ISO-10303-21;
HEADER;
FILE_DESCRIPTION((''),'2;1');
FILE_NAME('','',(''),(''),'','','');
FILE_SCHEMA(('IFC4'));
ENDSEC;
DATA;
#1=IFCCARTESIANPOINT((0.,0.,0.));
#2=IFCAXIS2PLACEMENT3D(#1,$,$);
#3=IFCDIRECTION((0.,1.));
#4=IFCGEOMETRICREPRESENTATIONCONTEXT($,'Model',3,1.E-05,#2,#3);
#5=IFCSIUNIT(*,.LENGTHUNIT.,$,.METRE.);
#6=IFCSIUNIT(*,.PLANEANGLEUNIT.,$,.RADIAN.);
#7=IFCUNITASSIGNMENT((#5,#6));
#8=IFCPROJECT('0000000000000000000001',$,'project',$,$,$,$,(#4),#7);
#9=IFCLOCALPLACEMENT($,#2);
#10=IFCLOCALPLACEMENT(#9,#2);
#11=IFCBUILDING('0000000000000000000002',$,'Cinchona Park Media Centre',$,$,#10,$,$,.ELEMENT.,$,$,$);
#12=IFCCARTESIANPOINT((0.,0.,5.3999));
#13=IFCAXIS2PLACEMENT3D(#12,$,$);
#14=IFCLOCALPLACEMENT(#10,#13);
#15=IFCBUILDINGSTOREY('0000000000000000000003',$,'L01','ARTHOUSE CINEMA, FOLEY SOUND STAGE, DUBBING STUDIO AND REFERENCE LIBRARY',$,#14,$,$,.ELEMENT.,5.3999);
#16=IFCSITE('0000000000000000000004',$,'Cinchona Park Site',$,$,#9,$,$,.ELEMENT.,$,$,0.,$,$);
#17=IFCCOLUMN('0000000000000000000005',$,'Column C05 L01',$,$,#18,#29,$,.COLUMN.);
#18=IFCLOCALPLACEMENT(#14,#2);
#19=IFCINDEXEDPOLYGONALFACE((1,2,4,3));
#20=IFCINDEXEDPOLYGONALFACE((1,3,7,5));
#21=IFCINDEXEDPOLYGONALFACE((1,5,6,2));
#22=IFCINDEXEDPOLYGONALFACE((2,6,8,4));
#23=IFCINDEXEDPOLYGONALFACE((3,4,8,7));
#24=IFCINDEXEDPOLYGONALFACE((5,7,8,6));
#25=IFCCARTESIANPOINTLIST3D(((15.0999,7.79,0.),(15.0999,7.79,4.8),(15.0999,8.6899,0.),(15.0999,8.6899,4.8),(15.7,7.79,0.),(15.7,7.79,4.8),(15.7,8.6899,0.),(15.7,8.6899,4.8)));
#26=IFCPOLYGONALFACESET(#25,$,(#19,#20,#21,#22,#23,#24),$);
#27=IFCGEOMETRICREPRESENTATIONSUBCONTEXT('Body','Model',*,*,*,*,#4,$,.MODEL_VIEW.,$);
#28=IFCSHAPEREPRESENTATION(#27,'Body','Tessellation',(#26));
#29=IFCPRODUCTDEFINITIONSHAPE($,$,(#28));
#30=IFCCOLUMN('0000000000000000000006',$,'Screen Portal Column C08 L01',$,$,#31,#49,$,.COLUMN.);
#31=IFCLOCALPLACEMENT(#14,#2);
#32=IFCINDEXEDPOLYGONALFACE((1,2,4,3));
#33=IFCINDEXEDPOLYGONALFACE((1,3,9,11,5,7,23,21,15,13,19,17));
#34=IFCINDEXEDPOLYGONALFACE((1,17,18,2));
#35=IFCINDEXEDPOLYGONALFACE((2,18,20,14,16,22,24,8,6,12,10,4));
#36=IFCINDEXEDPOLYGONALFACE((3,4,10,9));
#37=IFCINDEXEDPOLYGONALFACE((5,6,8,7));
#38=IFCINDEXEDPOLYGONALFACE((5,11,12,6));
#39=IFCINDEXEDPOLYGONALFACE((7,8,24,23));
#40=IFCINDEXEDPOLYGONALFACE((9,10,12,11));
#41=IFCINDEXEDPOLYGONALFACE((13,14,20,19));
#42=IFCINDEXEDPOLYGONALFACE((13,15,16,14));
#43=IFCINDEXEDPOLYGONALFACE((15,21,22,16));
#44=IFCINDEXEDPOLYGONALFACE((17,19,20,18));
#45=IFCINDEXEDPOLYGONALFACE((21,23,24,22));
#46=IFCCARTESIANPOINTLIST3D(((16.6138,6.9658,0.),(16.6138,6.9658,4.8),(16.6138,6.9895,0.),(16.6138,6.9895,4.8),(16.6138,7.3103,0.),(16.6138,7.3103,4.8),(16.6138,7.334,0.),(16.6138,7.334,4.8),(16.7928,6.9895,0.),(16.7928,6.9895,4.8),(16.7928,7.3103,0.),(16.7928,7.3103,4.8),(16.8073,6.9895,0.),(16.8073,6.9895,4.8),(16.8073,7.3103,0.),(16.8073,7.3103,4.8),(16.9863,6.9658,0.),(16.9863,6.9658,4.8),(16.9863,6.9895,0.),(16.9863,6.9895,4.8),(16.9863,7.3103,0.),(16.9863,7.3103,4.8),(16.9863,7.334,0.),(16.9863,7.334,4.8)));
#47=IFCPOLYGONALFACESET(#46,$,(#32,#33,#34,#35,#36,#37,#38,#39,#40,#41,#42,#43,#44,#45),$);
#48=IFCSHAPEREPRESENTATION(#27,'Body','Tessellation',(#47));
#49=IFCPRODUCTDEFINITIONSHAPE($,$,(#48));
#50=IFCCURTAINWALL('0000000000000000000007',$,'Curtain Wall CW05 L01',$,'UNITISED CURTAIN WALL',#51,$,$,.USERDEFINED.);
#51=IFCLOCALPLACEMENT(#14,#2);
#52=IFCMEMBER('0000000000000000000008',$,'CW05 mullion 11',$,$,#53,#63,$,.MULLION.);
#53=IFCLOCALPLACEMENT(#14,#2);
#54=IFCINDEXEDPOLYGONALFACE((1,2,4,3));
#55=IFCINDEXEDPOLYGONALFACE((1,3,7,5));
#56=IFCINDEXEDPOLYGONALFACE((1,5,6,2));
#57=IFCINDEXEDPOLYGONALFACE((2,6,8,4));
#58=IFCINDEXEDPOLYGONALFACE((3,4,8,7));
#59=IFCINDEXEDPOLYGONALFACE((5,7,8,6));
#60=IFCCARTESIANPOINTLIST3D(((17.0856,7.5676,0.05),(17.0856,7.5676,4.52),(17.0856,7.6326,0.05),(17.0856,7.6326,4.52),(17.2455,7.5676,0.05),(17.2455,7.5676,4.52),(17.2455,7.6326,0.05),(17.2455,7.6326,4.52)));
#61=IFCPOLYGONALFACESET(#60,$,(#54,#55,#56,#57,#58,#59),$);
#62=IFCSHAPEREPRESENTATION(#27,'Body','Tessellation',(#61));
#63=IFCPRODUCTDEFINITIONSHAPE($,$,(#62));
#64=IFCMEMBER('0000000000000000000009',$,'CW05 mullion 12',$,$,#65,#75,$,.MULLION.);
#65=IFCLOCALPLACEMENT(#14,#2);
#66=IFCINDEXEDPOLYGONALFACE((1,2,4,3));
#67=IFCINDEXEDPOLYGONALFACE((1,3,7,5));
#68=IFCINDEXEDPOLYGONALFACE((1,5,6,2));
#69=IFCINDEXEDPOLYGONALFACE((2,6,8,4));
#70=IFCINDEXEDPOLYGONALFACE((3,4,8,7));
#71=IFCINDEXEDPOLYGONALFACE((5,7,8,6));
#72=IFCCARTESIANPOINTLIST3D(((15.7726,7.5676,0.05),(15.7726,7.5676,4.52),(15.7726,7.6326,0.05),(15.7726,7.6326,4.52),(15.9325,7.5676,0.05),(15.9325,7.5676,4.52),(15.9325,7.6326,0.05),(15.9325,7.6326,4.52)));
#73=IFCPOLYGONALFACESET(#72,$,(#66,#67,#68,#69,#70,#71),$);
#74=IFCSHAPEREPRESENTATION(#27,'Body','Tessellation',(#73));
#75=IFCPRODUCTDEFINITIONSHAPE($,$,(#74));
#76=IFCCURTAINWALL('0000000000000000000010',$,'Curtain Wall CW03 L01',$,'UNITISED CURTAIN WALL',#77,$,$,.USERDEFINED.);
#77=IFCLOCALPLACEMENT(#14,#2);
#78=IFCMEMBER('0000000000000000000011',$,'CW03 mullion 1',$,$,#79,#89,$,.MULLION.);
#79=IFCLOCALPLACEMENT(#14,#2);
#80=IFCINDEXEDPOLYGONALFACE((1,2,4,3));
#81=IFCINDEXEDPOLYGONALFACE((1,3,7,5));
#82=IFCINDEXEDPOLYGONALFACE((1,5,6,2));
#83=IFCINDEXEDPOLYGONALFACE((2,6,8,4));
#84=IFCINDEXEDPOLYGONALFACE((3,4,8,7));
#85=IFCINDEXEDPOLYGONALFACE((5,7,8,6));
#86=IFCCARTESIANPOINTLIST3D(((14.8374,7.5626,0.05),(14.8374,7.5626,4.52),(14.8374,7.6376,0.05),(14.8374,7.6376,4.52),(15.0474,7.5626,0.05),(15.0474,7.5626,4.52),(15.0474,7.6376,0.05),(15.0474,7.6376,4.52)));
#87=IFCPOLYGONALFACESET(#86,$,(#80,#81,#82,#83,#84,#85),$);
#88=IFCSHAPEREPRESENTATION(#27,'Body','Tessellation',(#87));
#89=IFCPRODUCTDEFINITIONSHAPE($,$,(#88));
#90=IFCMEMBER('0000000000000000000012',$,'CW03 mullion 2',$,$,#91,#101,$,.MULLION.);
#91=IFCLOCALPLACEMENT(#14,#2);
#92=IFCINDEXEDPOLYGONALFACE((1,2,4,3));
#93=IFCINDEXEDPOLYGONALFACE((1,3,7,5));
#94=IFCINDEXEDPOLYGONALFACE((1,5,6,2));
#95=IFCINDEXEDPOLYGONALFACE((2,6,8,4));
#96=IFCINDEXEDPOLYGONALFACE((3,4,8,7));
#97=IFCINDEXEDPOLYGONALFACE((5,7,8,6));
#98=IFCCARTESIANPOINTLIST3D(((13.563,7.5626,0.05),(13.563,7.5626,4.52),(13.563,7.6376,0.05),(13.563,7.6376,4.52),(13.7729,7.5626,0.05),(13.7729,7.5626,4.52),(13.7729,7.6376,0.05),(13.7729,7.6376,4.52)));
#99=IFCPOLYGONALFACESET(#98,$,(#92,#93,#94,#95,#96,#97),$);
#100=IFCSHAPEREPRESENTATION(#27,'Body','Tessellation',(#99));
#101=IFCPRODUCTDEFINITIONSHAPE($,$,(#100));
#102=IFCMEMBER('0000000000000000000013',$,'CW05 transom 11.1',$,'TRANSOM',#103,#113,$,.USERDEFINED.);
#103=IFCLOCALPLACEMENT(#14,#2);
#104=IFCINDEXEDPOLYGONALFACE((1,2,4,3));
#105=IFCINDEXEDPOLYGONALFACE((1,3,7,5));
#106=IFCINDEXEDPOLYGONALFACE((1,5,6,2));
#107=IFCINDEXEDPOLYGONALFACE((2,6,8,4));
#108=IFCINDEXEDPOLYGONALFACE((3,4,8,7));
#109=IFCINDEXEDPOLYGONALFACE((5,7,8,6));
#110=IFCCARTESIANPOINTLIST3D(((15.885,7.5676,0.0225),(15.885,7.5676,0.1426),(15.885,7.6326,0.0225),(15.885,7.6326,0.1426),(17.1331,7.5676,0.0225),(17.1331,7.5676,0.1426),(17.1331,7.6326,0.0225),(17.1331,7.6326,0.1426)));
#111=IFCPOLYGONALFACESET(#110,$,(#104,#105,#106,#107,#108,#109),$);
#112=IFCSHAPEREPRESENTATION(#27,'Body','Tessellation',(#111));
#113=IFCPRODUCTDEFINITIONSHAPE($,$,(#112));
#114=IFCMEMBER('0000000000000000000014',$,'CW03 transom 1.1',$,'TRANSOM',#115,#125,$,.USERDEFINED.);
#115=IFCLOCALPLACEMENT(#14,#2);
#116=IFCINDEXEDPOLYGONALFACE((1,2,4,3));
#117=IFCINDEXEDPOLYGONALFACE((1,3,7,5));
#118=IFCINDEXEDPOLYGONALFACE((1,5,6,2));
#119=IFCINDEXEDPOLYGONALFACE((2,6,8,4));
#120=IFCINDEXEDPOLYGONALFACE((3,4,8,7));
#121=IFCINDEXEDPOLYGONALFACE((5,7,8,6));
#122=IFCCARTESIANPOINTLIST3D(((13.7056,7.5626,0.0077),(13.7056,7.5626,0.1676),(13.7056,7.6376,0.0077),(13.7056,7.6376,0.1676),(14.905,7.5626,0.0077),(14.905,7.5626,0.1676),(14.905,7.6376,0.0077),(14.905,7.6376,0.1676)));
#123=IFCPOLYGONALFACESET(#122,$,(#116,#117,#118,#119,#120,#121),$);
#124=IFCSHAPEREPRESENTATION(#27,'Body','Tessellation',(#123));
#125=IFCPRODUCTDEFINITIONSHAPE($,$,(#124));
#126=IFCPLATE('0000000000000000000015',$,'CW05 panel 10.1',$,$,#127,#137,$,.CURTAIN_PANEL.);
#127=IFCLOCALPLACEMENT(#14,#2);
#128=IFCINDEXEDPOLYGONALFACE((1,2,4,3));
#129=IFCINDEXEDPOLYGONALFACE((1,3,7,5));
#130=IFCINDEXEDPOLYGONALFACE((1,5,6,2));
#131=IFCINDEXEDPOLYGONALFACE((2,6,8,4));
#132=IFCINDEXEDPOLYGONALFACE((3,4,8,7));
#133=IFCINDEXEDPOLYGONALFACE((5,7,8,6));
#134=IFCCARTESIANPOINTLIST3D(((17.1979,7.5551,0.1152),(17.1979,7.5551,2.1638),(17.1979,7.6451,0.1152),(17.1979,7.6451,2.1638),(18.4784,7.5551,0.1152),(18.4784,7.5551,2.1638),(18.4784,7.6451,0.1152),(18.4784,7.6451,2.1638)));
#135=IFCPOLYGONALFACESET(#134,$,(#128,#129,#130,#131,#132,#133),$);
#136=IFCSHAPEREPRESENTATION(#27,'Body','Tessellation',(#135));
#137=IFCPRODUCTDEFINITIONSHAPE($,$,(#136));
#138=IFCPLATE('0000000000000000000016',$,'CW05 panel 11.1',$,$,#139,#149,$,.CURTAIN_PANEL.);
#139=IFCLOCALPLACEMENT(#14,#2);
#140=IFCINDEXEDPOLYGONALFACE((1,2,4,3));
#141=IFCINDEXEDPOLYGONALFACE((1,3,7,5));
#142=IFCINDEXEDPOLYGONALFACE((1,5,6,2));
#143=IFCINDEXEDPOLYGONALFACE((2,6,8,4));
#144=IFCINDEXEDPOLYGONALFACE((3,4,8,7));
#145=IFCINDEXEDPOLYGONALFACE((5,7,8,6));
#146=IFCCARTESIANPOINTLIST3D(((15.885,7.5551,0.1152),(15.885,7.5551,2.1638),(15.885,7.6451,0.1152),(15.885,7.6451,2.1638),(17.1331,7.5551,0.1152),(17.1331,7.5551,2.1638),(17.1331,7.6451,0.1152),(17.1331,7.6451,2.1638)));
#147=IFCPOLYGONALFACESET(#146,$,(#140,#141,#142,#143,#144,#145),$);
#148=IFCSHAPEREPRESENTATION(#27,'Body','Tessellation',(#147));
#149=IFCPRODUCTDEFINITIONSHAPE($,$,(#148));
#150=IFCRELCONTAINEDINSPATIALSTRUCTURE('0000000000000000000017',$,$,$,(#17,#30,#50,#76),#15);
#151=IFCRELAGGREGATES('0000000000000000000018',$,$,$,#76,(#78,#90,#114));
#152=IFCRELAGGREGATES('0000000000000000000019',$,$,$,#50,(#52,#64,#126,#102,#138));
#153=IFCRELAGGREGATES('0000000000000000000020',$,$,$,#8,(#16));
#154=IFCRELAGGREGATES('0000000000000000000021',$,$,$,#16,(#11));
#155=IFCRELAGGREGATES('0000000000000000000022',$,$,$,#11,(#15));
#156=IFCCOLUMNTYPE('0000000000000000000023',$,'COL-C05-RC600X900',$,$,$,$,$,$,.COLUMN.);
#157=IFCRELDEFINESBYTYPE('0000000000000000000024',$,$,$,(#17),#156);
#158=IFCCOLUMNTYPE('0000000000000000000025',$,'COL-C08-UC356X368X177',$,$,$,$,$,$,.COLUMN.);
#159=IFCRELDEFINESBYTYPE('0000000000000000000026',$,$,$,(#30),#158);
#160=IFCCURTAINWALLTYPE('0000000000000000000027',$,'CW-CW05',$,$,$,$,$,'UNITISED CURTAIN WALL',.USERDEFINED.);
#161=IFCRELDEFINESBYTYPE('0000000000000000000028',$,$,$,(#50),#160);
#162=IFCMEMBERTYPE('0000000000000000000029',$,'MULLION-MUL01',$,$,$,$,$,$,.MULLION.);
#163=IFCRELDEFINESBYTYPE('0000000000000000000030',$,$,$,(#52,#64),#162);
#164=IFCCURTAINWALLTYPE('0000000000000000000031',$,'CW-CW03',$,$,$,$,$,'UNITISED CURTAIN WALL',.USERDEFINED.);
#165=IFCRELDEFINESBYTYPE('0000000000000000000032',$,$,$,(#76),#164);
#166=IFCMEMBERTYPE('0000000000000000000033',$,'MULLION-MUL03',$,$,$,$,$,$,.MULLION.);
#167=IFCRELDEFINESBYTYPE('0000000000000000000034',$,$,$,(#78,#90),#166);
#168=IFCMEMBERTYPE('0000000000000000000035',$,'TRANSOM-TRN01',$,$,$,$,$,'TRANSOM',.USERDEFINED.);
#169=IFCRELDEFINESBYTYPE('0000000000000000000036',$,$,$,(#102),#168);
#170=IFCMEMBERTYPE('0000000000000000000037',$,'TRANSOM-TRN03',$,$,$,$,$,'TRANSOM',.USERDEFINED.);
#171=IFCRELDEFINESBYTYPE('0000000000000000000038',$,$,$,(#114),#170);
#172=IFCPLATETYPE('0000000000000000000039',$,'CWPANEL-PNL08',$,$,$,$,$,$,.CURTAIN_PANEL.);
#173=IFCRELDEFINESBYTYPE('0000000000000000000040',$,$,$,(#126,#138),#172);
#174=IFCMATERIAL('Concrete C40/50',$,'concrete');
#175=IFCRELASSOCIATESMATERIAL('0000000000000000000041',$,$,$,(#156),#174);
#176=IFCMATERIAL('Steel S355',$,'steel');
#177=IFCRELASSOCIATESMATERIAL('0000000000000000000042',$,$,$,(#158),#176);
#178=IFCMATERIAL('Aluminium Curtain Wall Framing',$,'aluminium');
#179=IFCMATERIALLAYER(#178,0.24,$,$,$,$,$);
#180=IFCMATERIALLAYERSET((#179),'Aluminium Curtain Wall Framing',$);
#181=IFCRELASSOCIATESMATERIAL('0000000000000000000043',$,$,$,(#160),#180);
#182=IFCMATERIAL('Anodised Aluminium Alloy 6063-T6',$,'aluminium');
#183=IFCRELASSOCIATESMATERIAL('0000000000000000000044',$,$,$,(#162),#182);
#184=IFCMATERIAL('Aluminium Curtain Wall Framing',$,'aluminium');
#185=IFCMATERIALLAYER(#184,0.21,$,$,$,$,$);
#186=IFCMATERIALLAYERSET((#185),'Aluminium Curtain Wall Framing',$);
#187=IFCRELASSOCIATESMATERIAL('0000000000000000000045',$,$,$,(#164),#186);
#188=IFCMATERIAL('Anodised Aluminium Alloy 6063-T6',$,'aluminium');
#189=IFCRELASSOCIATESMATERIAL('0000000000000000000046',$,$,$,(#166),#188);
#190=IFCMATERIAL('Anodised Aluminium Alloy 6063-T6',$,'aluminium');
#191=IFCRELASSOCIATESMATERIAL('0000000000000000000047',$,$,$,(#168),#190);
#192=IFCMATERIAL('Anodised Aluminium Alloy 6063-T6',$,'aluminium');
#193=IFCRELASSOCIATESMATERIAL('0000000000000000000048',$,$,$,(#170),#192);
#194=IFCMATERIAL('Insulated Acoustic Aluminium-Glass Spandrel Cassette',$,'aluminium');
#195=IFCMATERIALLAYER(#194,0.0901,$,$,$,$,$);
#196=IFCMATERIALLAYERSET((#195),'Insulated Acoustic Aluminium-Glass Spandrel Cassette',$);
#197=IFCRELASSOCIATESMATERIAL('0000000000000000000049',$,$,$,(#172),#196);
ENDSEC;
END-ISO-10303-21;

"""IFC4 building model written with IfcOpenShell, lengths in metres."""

from ifc_helpers import new_model, si_unit, direction, frame, origin, origin_2d, place, context, subcontext, project, spatial, rectangle, i_section, extrude, material, layer, layer_set, material_profile, profile_set, type_object, element, aggregate, save


model = new_model("IFC4")

# Units and contexts
model_context = context("Model", 3, precision=1e-05, world=origin(), true_north=direction((0.0, 1.0)))
body_context = subcontext(model_context, "Body", "Model", "MODEL_VIEW")
ifc_project = project(units=[si_unit("LENGTHUNIT", "METRE"), si_unit("PLANEANGLEUNIT", "RADIAN")], contexts=[model_context])

# Site, building, storey
site_placement = place(None, origin())
site = spatial("IfcSite", under=ifc_project, at=site_placement, Name="Cinchona Park Site", CompositionType="ELEMENT", RefElevation=0.0)
building_placement = place(site_placement, origin())
building = spatial("IfcBuilding", under=site, at=building_placement, Name="Cinchona Park Media Centre", CompositionType="ELEMENT")
storey_placement = place(building_placement, frame((0.0, 0.0, 5.3999)))
storey = spatial("IfcBuildingStorey", under=building, at=storey_placement, Name="L01", Description="ARTHOUSE CINEMA, FOLEY SOUND STAGE, DUBBING STUDIO AND REFERENCE LIBRARY", CompositionType="ELEMENT", Elevation=5.3999)

# Columns
ifc_material_1 = material(Name="Concrete C40/50", Category="concrete")
ifc_material_profile_1 = material_profile(ifc_material_1, rectangle(XDim=0.6001, YDim=0.8999, at=origin_2d()), Name="RC 600X900")
ifc_profile_set_1 = profile_set([ifc_material_profile_1], Name="Concrete C40/50")
column_type_1 = type_object("IfcColumnType", Name="COL-C05-RC600X900", PredefinedType="COLUMN", material=ifc_profile_set_1)
column_1_placement = place(storey_placement, frame((15.3999, 8.24, 0.0), z_axis=(0.0, 0.0, 1.0), x_axis=(1.0, 0.0, 0.0)))
element("IfcColumn", 1, at=column_1_placement, inside=storey, type_object=column_type_1, Name="Column C05 L01", PredefinedType="COLUMN", context=body_context, shape_type="SweptSolid", body=[
    extrude(rectangle(XDim=0.6001, YDim=0.8999, at=origin_2d()), origin(), (0.0, 0.0, 1.0), 4.8),
])
ifc_material_2 = material(Name="Steel S355", Category="steel")
ifc_material_profile_2 = material_profile(ifc_material_2, i_section(OverallWidth=0.3726, OverallDepth=0.3682, WebThickness=0.0144, FlangeThickness=0.0237, at=origin_2d()), Name="UC356X368X177")
ifc_profile_set_2 = profile_set([ifc_material_profile_2], Name="Steel S355")
column_type_2 = type_object("IfcColumnType", Name="COL-C08-UC356X368X177", PredefinedType="COLUMN", material=ifc_profile_set_2)
column_2_placement = place(storey_placement, frame((16.8, 7.1499, 0.0), z_axis=(0.0, 0.0, 1.0), x_axis=(1.0, 0.0, 0.0)))
element("IfcColumn", 2, at=column_2_placement, inside=storey, type_object=column_type_2, Name="Screen Portal Column C08 L01", PredefinedType="COLUMN", context=body_context, shape_type="SweptSolid", body=[
    extrude(i_section(OverallWidth=0.3726, OverallDepth=0.3682, WebThickness=0.0144, FlangeThickness=0.0237, at=origin_2d()), origin(), (0.0, 0.0, 1.0), 4.8),
])

# Curtain walls, members
ifc_material_3 = material(Name="Aluminium Curtain Wall Framing", Category="aluminium")
ifc_layer_1 = layer(ifc_material_3, 0.24)
ifc_layer_set_1 = layer_set([ifc_layer_1], Name="Aluminium Curtain Wall Framing")
curtain_wall_type_1 = type_object("IfcCurtainWallType", Name="CW-CW05", ElementType="UNITISED CURTAIN WALL", PredefinedType="USERDEFINED", material=ifc_layer_set_1)
curtain_wall_1_placement = place(storey_placement, origin())
curtain_wall_1 = element("IfcCurtainWall", 3, at=curtain_wall_1_placement, inside=storey, type_object=curtain_wall_type_1, Name="Curtain Wall CW05 L01", ObjectType="UNITISED CURTAIN WALL", PredefinedType="USERDEFINED")
ifc_material_4 = material(Name="Anodised Aluminium Alloy 6063-T6", Category="aluminium")
ifc_material_profile_3 = material_profile(ifc_material_4, rectangle(XDim=0.0649, YDim=0.1599, at=origin_2d()), Name="MUL-65X160")
ifc_profile_set_3 = profile_set([ifc_material_profile_3], Name="Anodised Aluminium Alloy 6063-T6")
member_type_1 = type_object("IfcMemberType", Name="MULLION-MUL01", PredefinedType="MULLION", material=ifc_profile_set_3)
member_1_placement = place(storey_placement, frame((17.1655, 7.6001, 0.05), z_axis=(0.0, 0.0, 1.0), x_axis=(0.0, -1.0, 0.0)))
member_1 = element("IfcMember", 4, at=member_1_placement, type_object=member_type_1, Name="CW05 mullion 11", PredefinedType="MULLION", context=body_context, shape_type="SweptSolid", body=[
    extrude(rectangle(XDim=0.0649, YDim=0.1599, at=origin_2d()), origin(), (0.0, 0.0, 1.0), 4.47),
])
member_2_placement = place(storey_placement, frame((15.8525, 7.6001, 0.05), z_axis=(0.0, 0.0, 1.0), x_axis=(0.0, -1.0, 0.0)))
member_2 = element("IfcMember", 5, at=member_2_placement, type_object=member_type_1, Name="CW05 mullion 12", PredefinedType="MULLION", context=body_context, shape_type="SweptSolid", body=[
    extrude(rectangle(XDim=0.0649, YDim=0.1599, at=origin_2d()), origin(), (0.0, 0.0, 1.0), 4.47),
])
ifc_material_5 = material(Name="Aluminium Curtain Wall Framing", Category="aluminium")
ifc_layer_2 = layer(ifc_material_5, 0.21)
ifc_layer_set_2 = layer_set([ifc_layer_2], Name="Aluminium Curtain Wall Framing")
curtain_wall_type_2 = type_object("IfcCurtainWallType", Name="CW-CW03", ElementType="UNITISED CURTAIN WALL", PredefinedType="USERDEFINED", material=ifc_layer_set_2)
curtain_wall_2_placement = place(storey_placement, origin())
curtain_wall_2 = element("IfcCurtainWall", 6, at=curtain_wall_2_placement, inside=storey, type_object=curtain_wall_type_2, Name="Curtain Wall CW03 L01", ObjectType="UNITISED CURTAIN WALL", PredefinedType="USERDEFINED")
ifc_material_6 = material(Name="Anodised Aluminium Alloy 6063-T6", Category="aluminium")
ifc_material_profile_4 = material_profile(ifc_material_6, rectangle(XDim=0.075, YDim=0.21, at=origin_2d()), Name="MUL-75X210")
ifc_profile_set_4 = profile_set([ifc_material_profile_4], Name="Anodised Aluminium Alloy 6063-T6")
member_type_2 = type_object("IfcMemberType", Name="MULLION-MUL03", PredefinedType="MULLION", material=ifc_profile_set_4)
member_3_placement = place(storey_placement, frame((14.9424, 7.6001, 0.05), z_axis=(0.0, 0.0, 1.0), x_axis=(0.0, -1.0, 0.0)))
member_3 = element("IfcMember", 7, at=member_3_placement, type_object=member_type_2, Name="CW03 mullion 1", PredefinedType="MULLION", context=body_context, shape_type="SweptSolid", body=[
    extrude(rectangle(XDim=0.075, YDim=0.21, at=origin_2d()), origin(), (0.0, 0.0, 1.0), 4.47),
])
member_4_placement = place(storey_placement, frame((13.668, 7.6001, 0.05), z_axis=(0.0, 0.0, 1.0), x_axis=(0.0, -1.0, 0.0)))
member_4 = element("IfcMember", 8, at=member_4_placement, type_object=member_type_2, Name="CW03 mullion 2", PredefinedType="MULLION", context=body_context, shape_type="SweptSolid", body=[
    extrude(rectangle(XDim=0.075, YDim=0.21, at=origin_2d()), origin(), (0.0, 0.0, 1.0), 4.47),
])

# Members
ifc_material_7 = material(Name="Anodised Aluminium Alloy 6063-T6", Category="aluminium")
ifc_material_profile_5 = material_profile(ifc_material_7, rectangle(XDim=0.0649, YDim=0.1201, at=origin_2d()), Name="TRN-65X120")
ifc_profile_set_5 = profile_set([ifc_material_profile_5], Name="Anodised Aluminium Alloy 6063-T6")
member_type_3 = type_object("IfcMemberType", Name="TRANSOM-TRN01", ElementType="TRANSOM", PredefinedType="USERDEFINED", material=ifc_profile_set_5)
member_5_placement = place(storey_placement, frame((17.1331, 7.6001, 0.0825), z_axis=(-1.0, 0.0, 0.0), x_axis=(0.0, -1.0, 0.0)))
member_5 = element("IfcMember", 9, at=member_5_placement, type_object=member_type_3, Name="CW05 transom 11.1", ObjectType="TRANSOM", PredefinedType="USERDEFINED", context=body_context, shape_type="SweptSolid", body=[
    extrude(rectangle(XDim=0.0649, YDim=0.1201, at=origin_2d()), origin(), (0.0, 0.0, 1.0), 1.248),
])
ifc_material_8 = material(Name="Anodised Aluminium Alloy 6063-T6", Category="aluminium")
ifc_material_profile_6 = material_profile(ifc_material_8, rectangle(XDim=0.075, YDim=0.1599, at=origin_2d()), Name="TRN-75X160")
ifc_profile_set_6 = profile_set([ifc_material_profile_6], Name="Anodised Aluminium Alloy 6063-T6")
member_type_4 = type_object("IfcMemberType", Name="TRANSOM-TRN03", ElementType="TRANSOM", PredefinedType="USERDEFINED", material=ifc_profile_set_6)
member_6_placement = place(storey_placement, frame((14.905, 7.6001, 0.0876), z_axis=(-1.0, 0.0, 0.0), x_axis=(0.0, -1.0, 0.0)))
member_6 = element("IfcMember", 10, at=member_6_placement, type_object=member_type_4, Name="CW03 transom 1.1", ObjectType="TRANSOM", PredefinedType="USERDEFINED", context=body_context, shape_type="SweptSolid", body=[
    extrude(rectangle(XDim=0.075, YDim=0.1599, at=origin_2d()), origin(), (0.0, 0.0, 1.0), 1.1995),
])
aggregate(curtain_wall_2, [member_3, member_4, member_6])

# Plates
ifc_material_9 = material(Name="Insulated Acoustic Aluminium-Glass Spandrel Cassette", Category="aluminium")
ifc_layer_3 = layer(ifc_material_9, 0.0901)
ifc_layer_set_3 = layer_set([ifc_layer_3], Name="Insulated Acoustic Aluminium-Glass Spandrel Cassette")
plate_type = type_object("IfcPlateType", Name="CWPANEL-PNL08", PredefinedType="CURTAIN_PANEL", material=ifc_layer_set_3)
plate_1_placement = place(storey_placement, frame((17.8381, 7.6001, 0.1152), z_axis=(0.0, 0.0, 1.0), x_axis=(-1.0, 0.0, 0.0)))
plate_1 = element("IfcPlate", 11, at=plate_1_placement, type_object=plate_type, Name="CW05 panel 10.1", PredefinedType="CURTAIN_PANEL", context=body_context, shape_type="SweptSolid", body=[
    extrude(rectangle(XDim=1.2805, YDim=0.0901, at=origin_2d()), origin(), (0.0, 0.0, 1.0), 2.0486),
])
plate_2_placement = place(storey_placement, frame((16.509, 7.6001, 0.1152), z_axis=(0.0, 0.0, 1.0), x_axis=(-1.0, 0.0, 0.0)))
plate_2 = element("IfcPlate", 12, at=plate_2_placement, type_object=plate_type, Name="CW05 panel 11.1", PredefinedType="CURTAIN_PANEL", context=body_context, shape_type="SweptSolid", body=[
    extrude(rectangle(XDim=1.248, YDim=0.0901, at=origin_2d()), origin(), (0.0, 0.0, 1.0), 2.0486),
])
aggregate(curtain_wall_1, [member_1, member_2, plate_1, member_5, plate_2])

save(model, "model.ifc")
